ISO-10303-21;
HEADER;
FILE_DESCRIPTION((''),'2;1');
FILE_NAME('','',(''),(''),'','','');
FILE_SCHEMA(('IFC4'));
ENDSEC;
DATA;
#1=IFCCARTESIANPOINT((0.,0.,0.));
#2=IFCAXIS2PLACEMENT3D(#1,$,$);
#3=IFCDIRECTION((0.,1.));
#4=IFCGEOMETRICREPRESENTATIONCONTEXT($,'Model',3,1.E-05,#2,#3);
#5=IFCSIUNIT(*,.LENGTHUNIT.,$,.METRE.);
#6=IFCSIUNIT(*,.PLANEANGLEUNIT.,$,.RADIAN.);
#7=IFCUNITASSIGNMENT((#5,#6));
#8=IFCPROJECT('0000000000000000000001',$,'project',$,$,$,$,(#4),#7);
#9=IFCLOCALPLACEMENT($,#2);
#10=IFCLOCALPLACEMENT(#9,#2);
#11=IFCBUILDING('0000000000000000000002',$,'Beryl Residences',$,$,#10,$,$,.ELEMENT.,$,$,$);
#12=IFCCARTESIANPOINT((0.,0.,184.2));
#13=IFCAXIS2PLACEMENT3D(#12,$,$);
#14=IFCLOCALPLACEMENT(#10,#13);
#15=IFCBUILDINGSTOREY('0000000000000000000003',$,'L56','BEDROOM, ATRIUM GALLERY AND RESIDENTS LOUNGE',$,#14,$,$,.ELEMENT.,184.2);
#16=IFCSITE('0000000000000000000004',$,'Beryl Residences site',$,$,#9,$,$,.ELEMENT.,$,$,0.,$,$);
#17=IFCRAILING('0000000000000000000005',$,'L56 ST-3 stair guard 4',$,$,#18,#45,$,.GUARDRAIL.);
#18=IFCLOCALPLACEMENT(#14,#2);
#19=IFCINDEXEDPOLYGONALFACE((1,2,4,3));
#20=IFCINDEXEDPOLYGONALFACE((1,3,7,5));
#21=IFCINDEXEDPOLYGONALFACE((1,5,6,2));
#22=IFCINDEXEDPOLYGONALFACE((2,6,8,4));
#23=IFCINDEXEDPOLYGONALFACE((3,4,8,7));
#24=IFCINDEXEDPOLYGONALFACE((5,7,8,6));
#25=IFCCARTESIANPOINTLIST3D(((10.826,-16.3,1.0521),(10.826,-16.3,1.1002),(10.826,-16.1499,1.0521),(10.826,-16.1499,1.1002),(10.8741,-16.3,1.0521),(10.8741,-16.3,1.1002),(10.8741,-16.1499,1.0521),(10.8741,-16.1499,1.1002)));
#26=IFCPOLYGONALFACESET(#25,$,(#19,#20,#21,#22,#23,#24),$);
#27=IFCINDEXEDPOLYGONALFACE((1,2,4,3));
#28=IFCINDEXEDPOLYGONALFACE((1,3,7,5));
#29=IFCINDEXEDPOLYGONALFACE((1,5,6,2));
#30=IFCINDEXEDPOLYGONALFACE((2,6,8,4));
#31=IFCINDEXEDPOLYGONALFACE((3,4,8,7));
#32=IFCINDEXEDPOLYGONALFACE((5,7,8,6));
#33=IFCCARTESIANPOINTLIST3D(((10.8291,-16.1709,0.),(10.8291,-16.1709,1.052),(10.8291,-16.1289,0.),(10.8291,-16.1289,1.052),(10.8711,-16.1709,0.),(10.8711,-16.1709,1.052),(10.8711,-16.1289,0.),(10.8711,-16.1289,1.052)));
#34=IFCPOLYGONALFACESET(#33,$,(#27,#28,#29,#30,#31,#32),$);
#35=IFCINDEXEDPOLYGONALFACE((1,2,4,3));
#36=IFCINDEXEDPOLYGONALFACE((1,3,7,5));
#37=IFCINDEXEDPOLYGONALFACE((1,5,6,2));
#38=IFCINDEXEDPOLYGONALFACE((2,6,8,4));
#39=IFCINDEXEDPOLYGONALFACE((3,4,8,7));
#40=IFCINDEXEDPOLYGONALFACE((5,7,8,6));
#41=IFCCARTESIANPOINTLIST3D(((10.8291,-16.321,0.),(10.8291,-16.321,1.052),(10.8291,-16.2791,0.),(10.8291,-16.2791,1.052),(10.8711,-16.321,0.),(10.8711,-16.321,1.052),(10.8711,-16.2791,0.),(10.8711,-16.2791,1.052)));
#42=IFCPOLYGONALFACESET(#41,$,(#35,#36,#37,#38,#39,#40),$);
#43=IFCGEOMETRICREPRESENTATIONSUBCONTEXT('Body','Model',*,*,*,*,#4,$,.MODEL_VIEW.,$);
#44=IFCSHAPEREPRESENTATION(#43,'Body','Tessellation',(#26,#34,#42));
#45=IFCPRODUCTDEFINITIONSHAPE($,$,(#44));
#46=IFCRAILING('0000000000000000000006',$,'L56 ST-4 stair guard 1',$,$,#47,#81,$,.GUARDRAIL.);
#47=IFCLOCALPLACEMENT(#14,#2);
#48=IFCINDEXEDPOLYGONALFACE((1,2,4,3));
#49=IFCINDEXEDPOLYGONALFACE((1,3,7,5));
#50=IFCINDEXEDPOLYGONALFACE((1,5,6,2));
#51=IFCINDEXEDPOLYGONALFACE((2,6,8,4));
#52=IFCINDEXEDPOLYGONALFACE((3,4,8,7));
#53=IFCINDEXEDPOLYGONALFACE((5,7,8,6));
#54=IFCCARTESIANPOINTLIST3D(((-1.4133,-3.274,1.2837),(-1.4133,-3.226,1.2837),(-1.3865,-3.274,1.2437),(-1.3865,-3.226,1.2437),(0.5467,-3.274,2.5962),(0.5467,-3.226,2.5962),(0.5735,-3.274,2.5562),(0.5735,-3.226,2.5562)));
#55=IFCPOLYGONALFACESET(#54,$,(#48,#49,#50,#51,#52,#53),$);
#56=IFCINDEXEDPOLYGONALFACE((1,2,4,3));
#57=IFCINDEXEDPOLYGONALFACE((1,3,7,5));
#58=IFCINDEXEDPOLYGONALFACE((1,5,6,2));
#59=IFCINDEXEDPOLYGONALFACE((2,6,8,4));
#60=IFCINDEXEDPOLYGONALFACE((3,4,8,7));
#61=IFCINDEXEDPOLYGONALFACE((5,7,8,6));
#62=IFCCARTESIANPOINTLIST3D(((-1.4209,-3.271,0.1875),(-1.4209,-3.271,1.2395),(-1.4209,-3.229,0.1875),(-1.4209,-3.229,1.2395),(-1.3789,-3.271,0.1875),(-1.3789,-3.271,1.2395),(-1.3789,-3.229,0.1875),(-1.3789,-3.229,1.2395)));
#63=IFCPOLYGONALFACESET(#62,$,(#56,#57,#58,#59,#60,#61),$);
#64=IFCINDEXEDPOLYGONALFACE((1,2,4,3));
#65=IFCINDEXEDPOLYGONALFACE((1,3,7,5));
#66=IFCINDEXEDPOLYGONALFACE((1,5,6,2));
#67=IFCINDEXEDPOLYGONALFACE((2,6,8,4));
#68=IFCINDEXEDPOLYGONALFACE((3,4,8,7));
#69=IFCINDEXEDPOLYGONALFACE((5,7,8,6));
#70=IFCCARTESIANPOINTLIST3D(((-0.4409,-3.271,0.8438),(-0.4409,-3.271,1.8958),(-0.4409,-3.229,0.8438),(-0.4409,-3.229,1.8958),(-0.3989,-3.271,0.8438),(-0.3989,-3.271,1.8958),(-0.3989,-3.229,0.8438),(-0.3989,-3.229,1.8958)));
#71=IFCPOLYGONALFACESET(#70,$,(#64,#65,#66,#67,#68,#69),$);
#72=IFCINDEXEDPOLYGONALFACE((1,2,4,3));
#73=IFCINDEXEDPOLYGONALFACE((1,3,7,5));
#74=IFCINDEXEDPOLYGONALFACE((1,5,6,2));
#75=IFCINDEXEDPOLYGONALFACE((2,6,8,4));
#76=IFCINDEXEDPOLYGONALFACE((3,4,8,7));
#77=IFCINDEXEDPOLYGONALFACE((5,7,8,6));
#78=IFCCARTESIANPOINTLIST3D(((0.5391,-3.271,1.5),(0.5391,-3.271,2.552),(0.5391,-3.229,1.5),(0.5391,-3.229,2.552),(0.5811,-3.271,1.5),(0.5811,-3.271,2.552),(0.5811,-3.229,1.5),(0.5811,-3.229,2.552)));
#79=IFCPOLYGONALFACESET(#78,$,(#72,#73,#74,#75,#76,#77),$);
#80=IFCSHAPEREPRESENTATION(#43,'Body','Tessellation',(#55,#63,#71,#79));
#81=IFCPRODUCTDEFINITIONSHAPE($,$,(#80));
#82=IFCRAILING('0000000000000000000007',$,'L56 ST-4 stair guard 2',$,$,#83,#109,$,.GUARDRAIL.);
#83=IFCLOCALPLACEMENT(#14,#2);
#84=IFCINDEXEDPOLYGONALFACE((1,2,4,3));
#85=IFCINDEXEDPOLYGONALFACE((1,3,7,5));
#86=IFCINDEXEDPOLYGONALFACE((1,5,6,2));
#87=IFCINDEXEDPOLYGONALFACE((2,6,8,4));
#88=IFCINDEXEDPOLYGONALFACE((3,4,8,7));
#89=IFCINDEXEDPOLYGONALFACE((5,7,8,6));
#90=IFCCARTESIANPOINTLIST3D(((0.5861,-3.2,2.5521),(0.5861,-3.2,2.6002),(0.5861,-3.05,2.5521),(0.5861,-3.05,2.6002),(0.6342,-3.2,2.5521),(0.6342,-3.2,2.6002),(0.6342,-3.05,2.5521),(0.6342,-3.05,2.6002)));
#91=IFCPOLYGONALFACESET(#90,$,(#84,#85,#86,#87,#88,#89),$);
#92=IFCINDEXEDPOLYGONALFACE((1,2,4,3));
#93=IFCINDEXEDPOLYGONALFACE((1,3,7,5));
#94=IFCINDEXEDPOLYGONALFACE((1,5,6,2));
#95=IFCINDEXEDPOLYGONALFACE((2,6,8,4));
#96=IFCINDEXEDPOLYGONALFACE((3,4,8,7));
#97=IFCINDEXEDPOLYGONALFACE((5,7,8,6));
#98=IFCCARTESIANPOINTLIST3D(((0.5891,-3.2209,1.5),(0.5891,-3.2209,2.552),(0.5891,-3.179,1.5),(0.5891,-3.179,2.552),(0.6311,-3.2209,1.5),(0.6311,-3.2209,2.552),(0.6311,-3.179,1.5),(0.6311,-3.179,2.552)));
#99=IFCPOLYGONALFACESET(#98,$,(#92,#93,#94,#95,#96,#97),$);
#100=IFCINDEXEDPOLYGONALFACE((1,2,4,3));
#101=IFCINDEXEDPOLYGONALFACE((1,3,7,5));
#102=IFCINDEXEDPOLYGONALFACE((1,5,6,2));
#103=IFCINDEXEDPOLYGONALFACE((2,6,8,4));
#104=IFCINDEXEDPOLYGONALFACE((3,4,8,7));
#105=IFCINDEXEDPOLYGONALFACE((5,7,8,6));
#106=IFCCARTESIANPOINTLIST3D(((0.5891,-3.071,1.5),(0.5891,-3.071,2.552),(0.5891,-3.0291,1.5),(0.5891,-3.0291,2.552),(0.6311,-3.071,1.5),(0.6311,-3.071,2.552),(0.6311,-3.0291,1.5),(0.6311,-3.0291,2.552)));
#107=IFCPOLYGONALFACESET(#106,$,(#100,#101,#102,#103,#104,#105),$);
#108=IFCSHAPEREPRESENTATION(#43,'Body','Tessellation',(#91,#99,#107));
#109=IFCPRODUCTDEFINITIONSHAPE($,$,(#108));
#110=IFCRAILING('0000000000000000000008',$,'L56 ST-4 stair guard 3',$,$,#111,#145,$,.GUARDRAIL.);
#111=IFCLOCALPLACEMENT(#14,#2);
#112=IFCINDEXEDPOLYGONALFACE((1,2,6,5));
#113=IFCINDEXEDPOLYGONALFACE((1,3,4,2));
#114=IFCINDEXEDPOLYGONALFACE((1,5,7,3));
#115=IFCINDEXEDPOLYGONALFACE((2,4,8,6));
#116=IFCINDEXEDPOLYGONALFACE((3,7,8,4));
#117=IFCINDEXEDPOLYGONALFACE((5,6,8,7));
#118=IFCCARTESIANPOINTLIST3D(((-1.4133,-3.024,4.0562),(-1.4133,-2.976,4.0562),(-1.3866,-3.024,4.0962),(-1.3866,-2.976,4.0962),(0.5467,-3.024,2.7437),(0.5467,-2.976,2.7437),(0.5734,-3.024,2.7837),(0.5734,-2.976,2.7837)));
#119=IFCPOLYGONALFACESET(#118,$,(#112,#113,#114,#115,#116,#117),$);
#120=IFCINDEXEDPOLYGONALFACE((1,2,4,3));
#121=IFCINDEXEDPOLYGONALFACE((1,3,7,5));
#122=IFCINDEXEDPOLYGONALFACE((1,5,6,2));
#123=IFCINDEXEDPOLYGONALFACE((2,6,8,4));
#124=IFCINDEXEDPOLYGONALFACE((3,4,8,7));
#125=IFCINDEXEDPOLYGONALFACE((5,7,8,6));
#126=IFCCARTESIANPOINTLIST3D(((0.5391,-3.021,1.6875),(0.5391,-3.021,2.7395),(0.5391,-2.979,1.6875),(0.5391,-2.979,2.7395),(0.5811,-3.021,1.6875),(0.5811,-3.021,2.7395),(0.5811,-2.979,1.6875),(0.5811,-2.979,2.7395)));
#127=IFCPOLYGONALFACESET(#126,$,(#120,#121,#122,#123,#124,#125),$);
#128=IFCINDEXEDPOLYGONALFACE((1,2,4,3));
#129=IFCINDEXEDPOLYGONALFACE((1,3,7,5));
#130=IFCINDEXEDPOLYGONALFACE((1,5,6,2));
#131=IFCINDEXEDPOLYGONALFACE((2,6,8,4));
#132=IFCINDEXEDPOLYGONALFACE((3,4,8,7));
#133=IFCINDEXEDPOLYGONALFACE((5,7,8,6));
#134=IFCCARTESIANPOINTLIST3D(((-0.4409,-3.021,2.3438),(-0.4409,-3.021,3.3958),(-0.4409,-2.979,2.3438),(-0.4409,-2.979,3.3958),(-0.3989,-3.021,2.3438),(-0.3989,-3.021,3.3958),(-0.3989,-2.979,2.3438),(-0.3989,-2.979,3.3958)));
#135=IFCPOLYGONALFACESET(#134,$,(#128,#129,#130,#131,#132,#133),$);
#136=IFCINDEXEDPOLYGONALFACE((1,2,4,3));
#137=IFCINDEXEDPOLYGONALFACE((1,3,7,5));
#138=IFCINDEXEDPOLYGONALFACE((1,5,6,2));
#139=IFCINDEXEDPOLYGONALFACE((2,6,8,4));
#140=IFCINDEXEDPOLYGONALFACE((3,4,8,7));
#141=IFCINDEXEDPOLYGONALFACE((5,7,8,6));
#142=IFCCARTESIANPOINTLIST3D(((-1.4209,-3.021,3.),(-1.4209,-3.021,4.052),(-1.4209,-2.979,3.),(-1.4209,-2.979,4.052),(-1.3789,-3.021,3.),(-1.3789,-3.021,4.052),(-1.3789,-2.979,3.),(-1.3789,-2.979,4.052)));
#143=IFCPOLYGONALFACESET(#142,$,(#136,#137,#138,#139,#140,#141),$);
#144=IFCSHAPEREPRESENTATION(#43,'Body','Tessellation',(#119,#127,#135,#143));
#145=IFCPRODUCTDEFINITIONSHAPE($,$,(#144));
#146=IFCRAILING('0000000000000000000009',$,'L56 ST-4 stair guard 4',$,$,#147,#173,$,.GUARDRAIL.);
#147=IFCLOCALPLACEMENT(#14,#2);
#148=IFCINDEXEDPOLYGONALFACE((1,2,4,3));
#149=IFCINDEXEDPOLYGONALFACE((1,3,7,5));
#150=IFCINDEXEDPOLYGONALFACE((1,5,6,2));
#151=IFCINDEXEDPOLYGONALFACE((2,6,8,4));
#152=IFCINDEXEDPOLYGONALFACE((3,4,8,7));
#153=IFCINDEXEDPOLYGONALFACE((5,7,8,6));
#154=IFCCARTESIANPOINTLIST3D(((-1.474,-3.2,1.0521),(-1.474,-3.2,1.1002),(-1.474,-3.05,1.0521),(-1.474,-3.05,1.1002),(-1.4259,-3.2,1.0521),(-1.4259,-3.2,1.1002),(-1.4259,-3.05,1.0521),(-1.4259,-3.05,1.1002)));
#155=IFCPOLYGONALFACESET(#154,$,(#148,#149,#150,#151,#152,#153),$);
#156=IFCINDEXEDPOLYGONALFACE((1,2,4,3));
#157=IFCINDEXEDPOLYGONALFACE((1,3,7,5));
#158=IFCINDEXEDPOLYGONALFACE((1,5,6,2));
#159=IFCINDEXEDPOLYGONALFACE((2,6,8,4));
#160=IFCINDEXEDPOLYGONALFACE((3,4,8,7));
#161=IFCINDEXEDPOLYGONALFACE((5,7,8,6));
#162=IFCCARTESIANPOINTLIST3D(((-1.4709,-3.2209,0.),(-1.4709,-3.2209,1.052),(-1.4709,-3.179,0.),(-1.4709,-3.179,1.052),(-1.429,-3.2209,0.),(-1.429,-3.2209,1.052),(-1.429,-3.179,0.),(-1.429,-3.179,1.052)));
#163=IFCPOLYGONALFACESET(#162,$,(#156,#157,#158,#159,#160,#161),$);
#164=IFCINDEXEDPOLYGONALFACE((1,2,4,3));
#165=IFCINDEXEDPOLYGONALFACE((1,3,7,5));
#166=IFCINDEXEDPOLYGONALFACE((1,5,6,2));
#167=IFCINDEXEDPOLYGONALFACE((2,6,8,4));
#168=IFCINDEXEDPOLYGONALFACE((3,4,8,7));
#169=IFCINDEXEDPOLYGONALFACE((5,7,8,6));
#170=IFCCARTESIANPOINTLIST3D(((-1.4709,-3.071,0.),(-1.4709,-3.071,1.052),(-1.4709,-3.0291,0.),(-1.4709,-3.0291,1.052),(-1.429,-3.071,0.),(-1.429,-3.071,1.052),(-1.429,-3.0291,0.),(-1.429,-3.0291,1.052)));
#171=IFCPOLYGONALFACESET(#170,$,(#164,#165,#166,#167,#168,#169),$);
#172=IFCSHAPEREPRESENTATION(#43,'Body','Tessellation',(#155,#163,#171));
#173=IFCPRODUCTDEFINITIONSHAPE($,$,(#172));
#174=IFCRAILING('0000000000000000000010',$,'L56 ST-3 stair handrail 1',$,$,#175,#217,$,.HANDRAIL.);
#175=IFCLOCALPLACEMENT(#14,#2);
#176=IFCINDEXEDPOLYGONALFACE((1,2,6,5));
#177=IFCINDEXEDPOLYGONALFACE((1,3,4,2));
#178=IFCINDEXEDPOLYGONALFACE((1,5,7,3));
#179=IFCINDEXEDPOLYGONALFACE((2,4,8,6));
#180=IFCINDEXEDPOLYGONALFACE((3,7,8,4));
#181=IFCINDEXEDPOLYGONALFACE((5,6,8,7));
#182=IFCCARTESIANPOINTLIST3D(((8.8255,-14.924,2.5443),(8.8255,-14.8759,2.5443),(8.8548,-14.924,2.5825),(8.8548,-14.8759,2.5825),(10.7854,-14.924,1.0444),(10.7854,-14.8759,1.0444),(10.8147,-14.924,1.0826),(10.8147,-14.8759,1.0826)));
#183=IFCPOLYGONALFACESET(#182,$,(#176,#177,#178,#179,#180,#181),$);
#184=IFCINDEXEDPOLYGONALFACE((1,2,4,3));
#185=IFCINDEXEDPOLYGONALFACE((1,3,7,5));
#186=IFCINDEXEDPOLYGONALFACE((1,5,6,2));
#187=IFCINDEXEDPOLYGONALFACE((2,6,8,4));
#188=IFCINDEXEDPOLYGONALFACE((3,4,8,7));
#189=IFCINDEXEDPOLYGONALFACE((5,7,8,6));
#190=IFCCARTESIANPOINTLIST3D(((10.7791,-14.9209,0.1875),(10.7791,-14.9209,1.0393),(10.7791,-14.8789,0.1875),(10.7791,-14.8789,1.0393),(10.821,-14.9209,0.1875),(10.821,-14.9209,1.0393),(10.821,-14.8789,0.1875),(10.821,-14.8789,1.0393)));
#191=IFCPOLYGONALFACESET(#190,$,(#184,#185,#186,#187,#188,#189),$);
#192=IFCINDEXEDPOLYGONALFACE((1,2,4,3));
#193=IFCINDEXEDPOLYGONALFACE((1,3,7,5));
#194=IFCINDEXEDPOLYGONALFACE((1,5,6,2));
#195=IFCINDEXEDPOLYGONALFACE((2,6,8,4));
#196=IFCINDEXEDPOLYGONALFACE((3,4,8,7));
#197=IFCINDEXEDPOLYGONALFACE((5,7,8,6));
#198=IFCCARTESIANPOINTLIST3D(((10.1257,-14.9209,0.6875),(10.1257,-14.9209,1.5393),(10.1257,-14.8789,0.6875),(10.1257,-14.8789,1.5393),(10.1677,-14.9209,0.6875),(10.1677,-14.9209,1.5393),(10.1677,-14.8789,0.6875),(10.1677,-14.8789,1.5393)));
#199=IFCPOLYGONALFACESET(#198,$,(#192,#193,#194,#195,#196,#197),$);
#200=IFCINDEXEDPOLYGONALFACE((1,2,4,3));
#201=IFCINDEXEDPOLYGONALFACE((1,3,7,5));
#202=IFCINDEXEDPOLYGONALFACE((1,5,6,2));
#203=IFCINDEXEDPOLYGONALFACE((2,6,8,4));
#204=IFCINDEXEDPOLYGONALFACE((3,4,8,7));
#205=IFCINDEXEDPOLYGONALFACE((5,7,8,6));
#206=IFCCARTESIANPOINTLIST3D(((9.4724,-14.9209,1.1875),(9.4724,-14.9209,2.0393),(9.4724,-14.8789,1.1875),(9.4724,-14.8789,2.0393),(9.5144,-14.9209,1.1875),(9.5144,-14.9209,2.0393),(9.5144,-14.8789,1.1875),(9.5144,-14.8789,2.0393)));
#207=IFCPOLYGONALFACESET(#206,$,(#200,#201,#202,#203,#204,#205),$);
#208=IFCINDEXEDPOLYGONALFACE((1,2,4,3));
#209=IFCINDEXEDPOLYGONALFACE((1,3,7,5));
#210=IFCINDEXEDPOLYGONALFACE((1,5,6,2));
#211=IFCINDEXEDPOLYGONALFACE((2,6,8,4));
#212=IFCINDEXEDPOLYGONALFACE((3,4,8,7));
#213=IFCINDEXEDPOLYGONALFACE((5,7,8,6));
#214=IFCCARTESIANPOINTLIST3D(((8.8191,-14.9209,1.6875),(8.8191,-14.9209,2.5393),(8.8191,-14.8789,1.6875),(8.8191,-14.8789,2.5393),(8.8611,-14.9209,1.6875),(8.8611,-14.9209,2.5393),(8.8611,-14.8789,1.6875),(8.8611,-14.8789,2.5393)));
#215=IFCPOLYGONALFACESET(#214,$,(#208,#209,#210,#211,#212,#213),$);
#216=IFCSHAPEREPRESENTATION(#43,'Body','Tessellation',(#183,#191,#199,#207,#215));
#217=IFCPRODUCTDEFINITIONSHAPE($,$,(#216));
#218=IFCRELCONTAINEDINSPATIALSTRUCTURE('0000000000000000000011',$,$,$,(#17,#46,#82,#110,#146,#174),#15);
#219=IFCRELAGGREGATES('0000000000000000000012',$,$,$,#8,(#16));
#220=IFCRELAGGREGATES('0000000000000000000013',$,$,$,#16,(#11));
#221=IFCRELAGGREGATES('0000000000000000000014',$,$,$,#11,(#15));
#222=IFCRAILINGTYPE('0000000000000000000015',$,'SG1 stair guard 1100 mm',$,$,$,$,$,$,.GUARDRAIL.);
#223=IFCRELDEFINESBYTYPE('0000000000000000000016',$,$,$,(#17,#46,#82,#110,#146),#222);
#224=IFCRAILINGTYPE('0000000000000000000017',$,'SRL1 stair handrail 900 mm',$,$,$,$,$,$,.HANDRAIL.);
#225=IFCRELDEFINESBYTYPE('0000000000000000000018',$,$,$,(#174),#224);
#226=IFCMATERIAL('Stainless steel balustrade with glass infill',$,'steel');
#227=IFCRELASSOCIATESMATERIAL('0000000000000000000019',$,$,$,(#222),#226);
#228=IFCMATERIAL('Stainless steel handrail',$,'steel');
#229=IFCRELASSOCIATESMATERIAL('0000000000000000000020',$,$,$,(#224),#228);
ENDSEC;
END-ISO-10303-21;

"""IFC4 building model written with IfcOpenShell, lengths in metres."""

from ifc_helpers import new_model, si_unit, direction, frame, origin, origin_2d, place, context, subcontext, project, spatial, rectangle, extrude, material, type_object, element, save


model = new_model("IFC4")

# Units and contexts
model_context = context("Model", 3, precision=1e-05, world=origin(), true_north=direction((0.0, 1.0)))
body_context = subcontext(model_context, "Body", "Model", "MODEL_VIEW")
ifc_project = project(units=[si_unit("LENGTHUNIT", "METRE"), si_unit("PLANEANGLEUNIT", "RADIAN")], contexts=[model_context])

# Site, building, storey
site_placement = place(None, origin())
site = spatial("IfcSite", under=ifc_project, at=site_placement, Name="Beryl Residences site", CompositionType="ELEMENT", RefElevation=0.0)
building_placement = place(site_placement, origin())
building = spatial("IfcBuilding", under=site, at=building_placement, Name="Beryl Residences", CompositionType="ELEMENT")
storey_placement = place(building_placement, frame((0.0, 0.0, 184.2)))
storey = spatial("IfcBuildingStorey", under=building, at=storey_placement, Name="L56", Description="BEDROOM, ATRIUM GALLERY AND RESIDENTS LOUNGE", CompositionType="ELEMENT", Elevation=184.2)

# Railings
ifc_material_1 = material(Name="Stainless steel balustrade with glass infill", Category="steel")
railing_type_1 = type_object("IfcRailingType", Name="SG1 stair guard 1100 mm", PredefinedType="GUARDRAIL", material=ifc_material_1)
railing_1_placement = place(storey_placement, frame((10.8501, -16.1499, 0.0)))
element("IfcRailing", 1, at=railing_1_placement, inside=storey, type_object=railing_type_1, Name="L56 ST-3 stair guard 4", PredefinedType="GUARDRAIL", context=body_context, shape_type="SweptSolid", body=[
    extrude(rectangle(XDim=0.0481, YDim=0.0481, at=origin_2d()), frame((0.0, 0.0, 1.0762), z_axis=(0.0, -1.0, 0.0), x_axis=(1.0, 0.0, 0.0)), (0.0, 0.0, 1.0), 0.1501),
    extrude(rectangle(XDim=0.042, YDim=0.042, at=origin_2d()), origin(), (0.0, 0.0, 1.0), 1.052),
    extrude(rectangle(XDim=0.042, YDim=0.042, at=origin_2d()), frame((0.0, -0.1501, 0.0)), (0.0, 0.0, 1.0), 1.052),
])
railing_2_placement = place(storey_placement, frame((-1.3999, -3.25, 0.1875)))
element("IfcRailing", 2, at=railing_2_placement, inside=storey, type_object=railing_type_1, Name="L56 ST-4 stair guard 1", PredefinedType="GUARDRAIL", context=body_context, shape_type="SweptSolid", body=[
    extrude(rectangle(XDim=0.0481, YDim=0.0481, at=origin_2d()), frame((0.0, 0.0, 1.0762), z_axis=(0.830902, 0.0, 0.556419), x_axis=(0.0, 1.0, 0.0)), (0.0, 0.0, 1.0), 2.3589),
    extrude(rectangle(XDim=0.042, YDim=0.042, at=origin_2d()), origin(), (0.0, 0.0, 1.0), 1.052),
    extrude(rectangle(XDim=0.042, YDim=0.042, at=origin_2d()), frame((0.98, 0.0, 0.6562)), (0.0, 0.0, 1.0), 1.052),
    extrude(rectangle(XDim=0.042, YDim=0.042, at=origin_2d()), frame((1.96, 0.0, 1.3125)), (0.0, 0.0, 1.0), 1.052),
])
railing_3_placement = place(storey_placement, frame((0.6101, -3.2, 1.5)))
element("IfcRailing", 3, at=railing_3_placement, inside=storey, type_object=railing_type_1, Name="L56 ST-4 stair guard 2", PredefinedType="GUARDRAIL", context=body_context, shape_type="SweptSolid", body=[
    extrude(rectangle(XDim=0.0481, YDim=0.0481, at=origin_2d()), frame((0.0, 0.0, 1.0762), z_axis=(0.0, 1.0, 0.0), x_axis=(-1.0, 0.0, 0.0)), (0.0, 0.0, 1.0), 0.1499),
    extrude(rectangle(XDim=0.042, YDim=0.042, at=origin_2d()), origin(), (0.0, 0.0, 1.0), 1.052),
    extrude(rectangle(XDim=0.042, YDim=0.042, at=origin_2d()), frame((0.0, 0.1499, 0.0)), (0.0, 0.0, 1.0), 1.052),
])
railing_4_placement = place(storey_placement, frame((0.5601, -3.0, 1.6875)))
element("IfcRailing", 4, at=railing_4_placement, inside=storey, type_object=railing_type_1, Name="L56 ST-4 stair guard 3", PredefinedType="GUARDRAIL", context=body_context, shape_type="SweptSolid", body=[
    extrude(rectangle(XDim=0.0481, YDim=0.0481, at=origin_2d()), frame((0.0, 0.0, 1.0762), z_axis=(-0.830902, 0.0, 0.556419), x_axis=(0.0, -1.0, 0.0)), (0.0, 0.0, 1.0), 2.3589),
    extrude(rectangle(XDim=0.042, YDim=0.042, at=origin_2d()), origin(), (0.0, 0.0, 1.0), 1.052),
    extrude(rectangle(XDim=0.042, YDim=0.042, at=origin_2d()), frame((-0.98, 0.0, 0.6562)), (0.0, 0.0, 1.0), 1.052),
    extrude(rectangle(XDim=0.042, YDim=0.042, at=origin_2d()), frame((-1.96, 0.0, 1.3125)), (0.0, 0.0, 1.0), 1.052),
])
railing_5_placement = place(storey_placement, frame((-1.45, -3.2, 0.0)))
element("IfcRailing", 5, at=railing_5_placement, inside=storey, type_object=railing_type_1, Name="L56 ST-4 stair guard 4", PredefinedType="GUARDRAIL", context=body_context, shape_type="SweptSolid", body=[
    extrude(rectangle(XDim=0.0481, YDim=0.0481, at=origin_2d()), frame((0.0, 0.0, 1.0762), z_axis=(0.0, 1.0, 0.0), x_axis=(-1.0, 0.0, 0.0)), (0.0, 0.0, 1.0), 0.1499),
    extrude(rectangle(XDim=0.042, YDim=0.042, at=origin_2d()), origin(), (0.0, 0.0, 1.0), 1.052),
    extrude(rectangle(XDim=0.042, YDim=0.042, at=origin_2d()), frame((0.0, 0.1499, 0.0)), (0.0, 0.0, 1.0), 1.052),
])
ifc_material_2 = material(Name="Stainless steel handrail", Category="steel")
railing_type_2 = type_object("IfcRailingType", Name="SRL1 stair handrail 900 mm", PredefinedType="HANDRAIL", material=ifc_material_2)
railing_6_placement = place(storey_placement, frame((10.8, -14.8999, 0.1875)))
element("IfcRailing", 6, at=railing_6_placement, inside=storey, type_object=railing_type_2, Name="L56 ST-3 stair handrail 1", PredefinedType="HANDRAIL", context=body_context, shape_type="SweptSolid", body=[
    extrude(rectangle(XDim=0.0481, YDim=0.0481, at=origin_2d()), frame((0.0, 0.0, 0.876), z_axis=(-0.794122, 0.0, 0.607758), x_axis=(0.0, -1.0, 0.0)), (0.0, 0.0, 1.0), 2.468),
    extrude(rectangle(XDim=0.042, YDim=0.042, at=origin_2d()), origin(), (0.0, 0.0, 1.0), 0.8518),
    extrude(rectangle(XDim=0.042, YDim=0.042, at=origin_2d()), frame((-0.6533, 0.0, 0.5)), (0.0, 0.0, 1.0), 0.8518),
    extrude(rectangle(XDim=0.042, YDim=0.042, at=origin_2d()), frame((-1.3066, 0.0, 1.0)), (0.0, 0.0, 1.0), 0.8518),
    extrude(rectangle(XDim=0.042, YDim=0.042, at=origin_2d()), frame((-1.96, 0.0, 1.5)), (0.0, 0.0, 1.0), 0.8518),
])

save(model, "model.ifc")
